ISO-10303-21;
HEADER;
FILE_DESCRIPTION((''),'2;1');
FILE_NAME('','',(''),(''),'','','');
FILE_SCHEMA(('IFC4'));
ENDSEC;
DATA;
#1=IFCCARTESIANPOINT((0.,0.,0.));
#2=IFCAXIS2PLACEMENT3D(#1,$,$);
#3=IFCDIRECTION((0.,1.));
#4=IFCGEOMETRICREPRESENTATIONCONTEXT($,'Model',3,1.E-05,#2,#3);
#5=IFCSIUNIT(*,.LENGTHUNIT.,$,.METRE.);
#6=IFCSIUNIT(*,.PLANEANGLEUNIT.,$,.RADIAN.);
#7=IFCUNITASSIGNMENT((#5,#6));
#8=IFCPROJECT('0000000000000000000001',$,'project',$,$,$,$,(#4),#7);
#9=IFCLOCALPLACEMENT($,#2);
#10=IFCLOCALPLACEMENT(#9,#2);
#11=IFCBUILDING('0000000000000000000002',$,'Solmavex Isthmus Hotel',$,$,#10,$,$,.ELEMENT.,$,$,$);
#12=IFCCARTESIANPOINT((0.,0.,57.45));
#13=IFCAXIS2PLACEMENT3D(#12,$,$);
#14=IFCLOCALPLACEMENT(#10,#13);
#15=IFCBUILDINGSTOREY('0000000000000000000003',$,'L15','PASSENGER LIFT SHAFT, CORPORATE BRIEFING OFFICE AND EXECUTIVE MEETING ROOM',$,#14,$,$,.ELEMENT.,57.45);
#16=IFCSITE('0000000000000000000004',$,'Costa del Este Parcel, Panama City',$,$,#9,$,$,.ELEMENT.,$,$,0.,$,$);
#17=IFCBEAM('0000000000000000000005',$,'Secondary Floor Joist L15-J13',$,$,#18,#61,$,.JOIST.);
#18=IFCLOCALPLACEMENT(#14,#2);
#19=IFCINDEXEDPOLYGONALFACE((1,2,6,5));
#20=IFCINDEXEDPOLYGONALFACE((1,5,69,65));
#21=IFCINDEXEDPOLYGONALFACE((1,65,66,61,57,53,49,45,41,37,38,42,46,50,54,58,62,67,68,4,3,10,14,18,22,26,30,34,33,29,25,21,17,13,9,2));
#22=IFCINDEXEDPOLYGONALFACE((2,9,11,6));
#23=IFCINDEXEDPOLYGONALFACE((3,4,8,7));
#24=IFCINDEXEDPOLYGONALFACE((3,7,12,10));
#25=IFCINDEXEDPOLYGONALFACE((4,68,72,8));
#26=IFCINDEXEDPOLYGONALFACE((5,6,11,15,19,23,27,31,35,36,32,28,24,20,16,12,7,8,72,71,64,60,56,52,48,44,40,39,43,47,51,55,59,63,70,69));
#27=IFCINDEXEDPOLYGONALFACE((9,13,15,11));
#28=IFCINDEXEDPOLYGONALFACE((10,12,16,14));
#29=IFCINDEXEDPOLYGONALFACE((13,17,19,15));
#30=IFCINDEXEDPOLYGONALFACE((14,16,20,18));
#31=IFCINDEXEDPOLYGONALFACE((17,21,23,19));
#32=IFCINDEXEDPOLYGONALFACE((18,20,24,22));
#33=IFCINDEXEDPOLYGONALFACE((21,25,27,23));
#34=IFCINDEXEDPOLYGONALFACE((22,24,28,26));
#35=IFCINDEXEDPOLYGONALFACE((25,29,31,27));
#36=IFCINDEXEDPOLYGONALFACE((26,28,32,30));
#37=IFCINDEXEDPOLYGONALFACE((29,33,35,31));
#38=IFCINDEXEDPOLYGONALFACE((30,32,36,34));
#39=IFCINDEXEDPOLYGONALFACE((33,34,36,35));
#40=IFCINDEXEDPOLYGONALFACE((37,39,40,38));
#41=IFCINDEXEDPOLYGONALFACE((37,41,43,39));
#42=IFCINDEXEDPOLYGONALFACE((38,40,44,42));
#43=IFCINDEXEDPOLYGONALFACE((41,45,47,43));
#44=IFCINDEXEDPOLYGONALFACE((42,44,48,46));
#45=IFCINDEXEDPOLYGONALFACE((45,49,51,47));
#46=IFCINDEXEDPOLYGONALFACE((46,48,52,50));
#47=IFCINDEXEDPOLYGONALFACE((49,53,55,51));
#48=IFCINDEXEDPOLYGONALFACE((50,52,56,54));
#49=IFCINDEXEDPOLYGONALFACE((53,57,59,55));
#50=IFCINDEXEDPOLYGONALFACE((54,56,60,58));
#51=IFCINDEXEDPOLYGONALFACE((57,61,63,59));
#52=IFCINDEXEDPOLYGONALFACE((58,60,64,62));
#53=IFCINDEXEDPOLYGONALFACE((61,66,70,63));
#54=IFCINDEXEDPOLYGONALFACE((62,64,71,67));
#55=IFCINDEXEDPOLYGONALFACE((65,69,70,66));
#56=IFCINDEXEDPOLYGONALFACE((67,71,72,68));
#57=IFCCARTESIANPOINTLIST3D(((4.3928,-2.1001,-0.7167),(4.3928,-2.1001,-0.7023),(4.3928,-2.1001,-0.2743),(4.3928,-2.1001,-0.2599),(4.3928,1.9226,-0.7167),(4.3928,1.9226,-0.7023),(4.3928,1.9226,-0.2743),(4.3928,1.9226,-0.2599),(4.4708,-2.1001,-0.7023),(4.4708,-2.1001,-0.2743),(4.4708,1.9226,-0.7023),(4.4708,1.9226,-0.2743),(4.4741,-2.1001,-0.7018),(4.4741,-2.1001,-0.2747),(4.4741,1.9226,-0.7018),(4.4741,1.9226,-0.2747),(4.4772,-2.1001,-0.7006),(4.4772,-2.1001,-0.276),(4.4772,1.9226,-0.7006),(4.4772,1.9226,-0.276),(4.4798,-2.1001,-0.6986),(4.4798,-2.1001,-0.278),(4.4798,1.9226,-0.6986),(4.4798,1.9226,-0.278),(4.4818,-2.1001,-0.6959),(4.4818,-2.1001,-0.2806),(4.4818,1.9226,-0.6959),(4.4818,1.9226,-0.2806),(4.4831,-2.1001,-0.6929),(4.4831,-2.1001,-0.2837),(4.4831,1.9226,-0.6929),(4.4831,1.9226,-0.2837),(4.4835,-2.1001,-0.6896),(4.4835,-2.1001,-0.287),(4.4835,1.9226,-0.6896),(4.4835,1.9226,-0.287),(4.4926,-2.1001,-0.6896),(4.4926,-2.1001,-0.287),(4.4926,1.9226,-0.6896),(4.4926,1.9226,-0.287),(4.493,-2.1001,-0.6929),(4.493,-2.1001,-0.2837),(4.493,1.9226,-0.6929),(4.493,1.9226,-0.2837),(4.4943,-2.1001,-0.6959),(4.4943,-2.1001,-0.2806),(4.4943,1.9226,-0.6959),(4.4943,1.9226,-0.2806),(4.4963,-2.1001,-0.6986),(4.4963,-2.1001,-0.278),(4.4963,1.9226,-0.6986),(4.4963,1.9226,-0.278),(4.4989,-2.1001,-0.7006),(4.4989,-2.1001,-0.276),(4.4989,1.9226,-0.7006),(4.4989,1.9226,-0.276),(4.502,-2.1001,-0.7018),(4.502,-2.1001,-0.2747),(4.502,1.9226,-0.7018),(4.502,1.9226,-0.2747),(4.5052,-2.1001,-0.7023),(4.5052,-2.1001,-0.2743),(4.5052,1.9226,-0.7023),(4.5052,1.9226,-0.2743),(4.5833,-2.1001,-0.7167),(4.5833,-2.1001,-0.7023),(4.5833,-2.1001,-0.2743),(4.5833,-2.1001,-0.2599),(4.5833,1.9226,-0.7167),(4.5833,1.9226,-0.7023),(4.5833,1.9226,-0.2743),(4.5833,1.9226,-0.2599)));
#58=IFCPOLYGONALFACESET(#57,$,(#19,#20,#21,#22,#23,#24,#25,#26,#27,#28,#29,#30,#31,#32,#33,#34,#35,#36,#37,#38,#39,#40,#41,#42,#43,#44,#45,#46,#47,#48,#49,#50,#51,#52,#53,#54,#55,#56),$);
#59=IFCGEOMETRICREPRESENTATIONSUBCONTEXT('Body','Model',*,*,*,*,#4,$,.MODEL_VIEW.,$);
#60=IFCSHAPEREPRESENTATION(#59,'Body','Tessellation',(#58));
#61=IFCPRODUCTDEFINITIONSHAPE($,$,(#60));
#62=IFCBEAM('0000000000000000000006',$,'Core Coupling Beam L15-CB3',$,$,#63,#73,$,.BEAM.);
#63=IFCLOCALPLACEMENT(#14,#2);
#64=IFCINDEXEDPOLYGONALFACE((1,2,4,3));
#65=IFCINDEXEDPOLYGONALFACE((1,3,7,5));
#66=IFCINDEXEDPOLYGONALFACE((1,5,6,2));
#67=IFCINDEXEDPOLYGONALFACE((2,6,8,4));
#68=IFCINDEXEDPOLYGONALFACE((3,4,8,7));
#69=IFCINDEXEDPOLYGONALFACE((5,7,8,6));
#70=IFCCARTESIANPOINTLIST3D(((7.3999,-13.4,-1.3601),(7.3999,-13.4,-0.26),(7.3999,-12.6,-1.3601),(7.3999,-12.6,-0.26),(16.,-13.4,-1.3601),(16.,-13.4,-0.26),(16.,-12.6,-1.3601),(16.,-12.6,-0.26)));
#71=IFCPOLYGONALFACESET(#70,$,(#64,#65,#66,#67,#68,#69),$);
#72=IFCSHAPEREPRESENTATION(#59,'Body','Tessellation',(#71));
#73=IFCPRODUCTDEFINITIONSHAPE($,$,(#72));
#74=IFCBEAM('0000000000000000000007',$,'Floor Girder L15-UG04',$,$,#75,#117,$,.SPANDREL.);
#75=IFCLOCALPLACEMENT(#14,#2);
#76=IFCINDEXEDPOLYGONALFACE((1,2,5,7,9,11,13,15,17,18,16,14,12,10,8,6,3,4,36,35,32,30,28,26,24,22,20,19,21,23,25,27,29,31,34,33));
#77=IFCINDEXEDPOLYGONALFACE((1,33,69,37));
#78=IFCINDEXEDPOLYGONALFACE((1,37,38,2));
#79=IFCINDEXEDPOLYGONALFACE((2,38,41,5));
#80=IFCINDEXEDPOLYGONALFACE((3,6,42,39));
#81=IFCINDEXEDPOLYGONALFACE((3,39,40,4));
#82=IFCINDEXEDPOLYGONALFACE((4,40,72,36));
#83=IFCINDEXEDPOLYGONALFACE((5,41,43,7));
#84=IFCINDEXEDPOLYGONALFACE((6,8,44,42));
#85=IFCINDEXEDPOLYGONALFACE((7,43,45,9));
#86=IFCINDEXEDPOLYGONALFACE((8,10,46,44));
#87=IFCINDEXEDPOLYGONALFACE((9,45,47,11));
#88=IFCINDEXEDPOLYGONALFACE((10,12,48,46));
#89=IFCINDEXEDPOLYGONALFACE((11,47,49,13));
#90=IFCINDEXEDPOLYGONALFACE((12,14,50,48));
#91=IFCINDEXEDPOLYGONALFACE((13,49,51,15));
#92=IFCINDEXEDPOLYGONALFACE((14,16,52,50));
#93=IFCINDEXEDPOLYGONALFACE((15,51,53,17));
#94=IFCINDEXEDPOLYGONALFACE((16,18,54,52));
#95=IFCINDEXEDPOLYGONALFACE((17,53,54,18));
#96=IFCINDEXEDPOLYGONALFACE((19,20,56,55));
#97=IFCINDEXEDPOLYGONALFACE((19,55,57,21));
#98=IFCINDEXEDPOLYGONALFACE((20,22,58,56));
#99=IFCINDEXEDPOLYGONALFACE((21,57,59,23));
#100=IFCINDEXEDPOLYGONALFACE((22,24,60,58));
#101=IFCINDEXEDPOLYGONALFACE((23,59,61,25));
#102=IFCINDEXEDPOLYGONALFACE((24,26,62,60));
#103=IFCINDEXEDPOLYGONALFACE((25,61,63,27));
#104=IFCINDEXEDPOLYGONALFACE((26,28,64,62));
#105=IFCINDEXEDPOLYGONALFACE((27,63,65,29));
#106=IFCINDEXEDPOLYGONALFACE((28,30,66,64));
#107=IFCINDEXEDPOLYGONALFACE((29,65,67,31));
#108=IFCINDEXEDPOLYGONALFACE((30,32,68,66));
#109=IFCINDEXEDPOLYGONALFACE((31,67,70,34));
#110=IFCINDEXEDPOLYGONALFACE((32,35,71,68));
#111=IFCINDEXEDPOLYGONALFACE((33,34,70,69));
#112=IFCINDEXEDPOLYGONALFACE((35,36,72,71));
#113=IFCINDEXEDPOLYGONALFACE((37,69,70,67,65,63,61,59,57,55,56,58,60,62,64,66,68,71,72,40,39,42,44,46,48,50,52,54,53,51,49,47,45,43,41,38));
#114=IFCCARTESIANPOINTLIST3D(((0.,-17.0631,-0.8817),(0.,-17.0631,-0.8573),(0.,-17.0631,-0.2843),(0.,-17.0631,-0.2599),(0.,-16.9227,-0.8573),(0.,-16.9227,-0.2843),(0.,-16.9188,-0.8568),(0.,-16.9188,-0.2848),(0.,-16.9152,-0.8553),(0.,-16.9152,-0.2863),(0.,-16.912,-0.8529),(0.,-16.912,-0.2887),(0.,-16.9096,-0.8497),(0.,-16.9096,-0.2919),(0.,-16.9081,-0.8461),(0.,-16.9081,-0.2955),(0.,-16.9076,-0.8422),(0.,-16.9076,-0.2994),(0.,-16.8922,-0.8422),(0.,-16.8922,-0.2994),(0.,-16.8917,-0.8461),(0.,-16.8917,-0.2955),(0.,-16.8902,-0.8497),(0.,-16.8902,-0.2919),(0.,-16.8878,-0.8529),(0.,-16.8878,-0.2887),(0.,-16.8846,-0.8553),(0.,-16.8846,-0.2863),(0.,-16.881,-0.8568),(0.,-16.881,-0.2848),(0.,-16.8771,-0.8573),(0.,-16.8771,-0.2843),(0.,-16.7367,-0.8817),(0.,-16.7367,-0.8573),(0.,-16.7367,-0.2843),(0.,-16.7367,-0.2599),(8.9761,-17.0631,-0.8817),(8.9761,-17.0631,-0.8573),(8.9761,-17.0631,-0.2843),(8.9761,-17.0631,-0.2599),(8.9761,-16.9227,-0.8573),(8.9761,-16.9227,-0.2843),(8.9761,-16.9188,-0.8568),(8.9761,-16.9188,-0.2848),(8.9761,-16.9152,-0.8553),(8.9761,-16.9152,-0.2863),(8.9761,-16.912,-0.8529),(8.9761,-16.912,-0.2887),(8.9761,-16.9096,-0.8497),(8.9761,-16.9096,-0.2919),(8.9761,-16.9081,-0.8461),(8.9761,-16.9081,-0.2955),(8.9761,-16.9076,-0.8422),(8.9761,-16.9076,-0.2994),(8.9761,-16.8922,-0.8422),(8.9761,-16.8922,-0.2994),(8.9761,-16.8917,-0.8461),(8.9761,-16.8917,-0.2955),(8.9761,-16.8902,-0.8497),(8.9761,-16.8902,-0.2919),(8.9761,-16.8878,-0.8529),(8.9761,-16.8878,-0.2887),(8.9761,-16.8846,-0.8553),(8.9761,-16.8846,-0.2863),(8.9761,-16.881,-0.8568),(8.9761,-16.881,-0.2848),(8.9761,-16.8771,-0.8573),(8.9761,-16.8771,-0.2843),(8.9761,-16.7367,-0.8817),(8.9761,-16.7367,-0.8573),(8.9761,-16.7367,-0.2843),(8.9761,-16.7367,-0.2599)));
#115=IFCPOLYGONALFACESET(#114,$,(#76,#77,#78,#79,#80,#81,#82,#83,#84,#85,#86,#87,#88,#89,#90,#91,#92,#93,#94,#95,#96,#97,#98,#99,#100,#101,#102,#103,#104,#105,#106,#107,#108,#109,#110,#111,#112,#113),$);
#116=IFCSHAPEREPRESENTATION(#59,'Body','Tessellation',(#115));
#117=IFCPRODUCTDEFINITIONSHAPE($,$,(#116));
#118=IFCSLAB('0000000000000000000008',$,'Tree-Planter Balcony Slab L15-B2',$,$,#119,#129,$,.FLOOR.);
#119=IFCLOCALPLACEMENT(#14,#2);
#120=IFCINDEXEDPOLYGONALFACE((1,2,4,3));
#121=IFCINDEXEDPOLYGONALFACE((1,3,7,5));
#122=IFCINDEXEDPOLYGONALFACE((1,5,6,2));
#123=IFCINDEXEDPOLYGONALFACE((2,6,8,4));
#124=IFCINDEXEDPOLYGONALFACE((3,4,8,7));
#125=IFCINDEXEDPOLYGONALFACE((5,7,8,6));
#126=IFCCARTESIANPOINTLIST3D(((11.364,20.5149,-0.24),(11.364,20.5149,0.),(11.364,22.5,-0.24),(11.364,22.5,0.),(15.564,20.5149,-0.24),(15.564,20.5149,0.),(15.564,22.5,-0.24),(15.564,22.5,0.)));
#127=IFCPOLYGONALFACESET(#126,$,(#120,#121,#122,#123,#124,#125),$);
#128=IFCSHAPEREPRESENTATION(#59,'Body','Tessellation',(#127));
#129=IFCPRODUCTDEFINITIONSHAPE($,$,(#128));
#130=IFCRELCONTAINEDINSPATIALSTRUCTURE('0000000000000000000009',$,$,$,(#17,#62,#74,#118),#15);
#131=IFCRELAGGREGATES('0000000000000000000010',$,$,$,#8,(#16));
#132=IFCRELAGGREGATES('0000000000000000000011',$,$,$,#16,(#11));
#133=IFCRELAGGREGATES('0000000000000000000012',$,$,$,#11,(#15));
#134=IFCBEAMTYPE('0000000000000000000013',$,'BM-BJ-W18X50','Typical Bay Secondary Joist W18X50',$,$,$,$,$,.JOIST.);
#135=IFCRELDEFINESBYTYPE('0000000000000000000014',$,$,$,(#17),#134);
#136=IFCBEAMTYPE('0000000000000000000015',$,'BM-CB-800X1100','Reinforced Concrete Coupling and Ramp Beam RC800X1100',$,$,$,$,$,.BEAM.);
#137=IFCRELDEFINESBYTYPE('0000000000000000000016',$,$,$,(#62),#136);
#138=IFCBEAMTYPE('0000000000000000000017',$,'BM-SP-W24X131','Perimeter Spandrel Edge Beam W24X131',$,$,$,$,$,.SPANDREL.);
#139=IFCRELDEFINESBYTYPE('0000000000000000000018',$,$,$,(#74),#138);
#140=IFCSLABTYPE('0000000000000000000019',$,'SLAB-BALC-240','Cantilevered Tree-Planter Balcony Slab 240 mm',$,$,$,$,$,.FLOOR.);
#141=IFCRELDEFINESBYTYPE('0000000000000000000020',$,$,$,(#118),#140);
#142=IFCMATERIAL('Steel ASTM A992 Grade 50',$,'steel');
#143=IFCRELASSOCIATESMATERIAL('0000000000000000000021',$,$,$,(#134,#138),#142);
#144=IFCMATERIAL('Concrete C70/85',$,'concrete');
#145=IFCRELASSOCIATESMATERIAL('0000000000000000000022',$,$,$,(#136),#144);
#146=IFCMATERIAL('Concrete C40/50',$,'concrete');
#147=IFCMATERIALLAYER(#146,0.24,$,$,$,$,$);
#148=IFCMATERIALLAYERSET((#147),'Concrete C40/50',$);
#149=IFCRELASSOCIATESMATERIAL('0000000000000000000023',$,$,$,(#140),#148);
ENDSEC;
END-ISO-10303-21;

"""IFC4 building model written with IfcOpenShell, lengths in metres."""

from ifc_helpers import new_model, si_unit, direction, frame, origin, origin_2d, place, context, subcontext, project, spatial, polyline, rectangle, i_section, outline, extrude, material, layer, layer_set, material_profile, profile_set, type_object, element, save


model = new_model("IFC4")

# Units and contexts
model_context = context("Model", 3, precision=1e-05, world=origin(), true_north=direction((0.0, 1.0)))
body_context = subcontext(model_context, "Body", "Model", "MODEL_VIEW")
ifc_project = project(units=[si_unit("LENGTHUNIT", "METRE"), si_unit("PLANEANGLEUNIT", "RADIAN")], contexts=[model_context])

# Site, building, storey
site_placement = place(None, origin())
site = spatial("IfcSite", under=ifc_project, at=site_placement, Name="Costa del Este Parcel, Panama City", CompositionType="ELEMENT", RefElevation=0.0)
building_placement = place(site_placement, origin())
building = spatial("IfcBuilding", under=site, at=building_placement, Name="Solmavex Isthmus Hotel", CompositionType="ELEMENT")
storey_placement = place(building_placement, frame((0.0, 0.0, 57.45)))
storey = spatial("IfcBuildingStorey", under=building, at=storey_placement, Name="L15", Description="PASSENGER LIFT SHAFT, CORPORATE BRIEFING OFFICE AND EXECUTIVE MEETING ROOM", CompositionType="ELEMENT", Elevation=57.45)

# Shared definitions
ifc_material_1 = material(Name="Concrete C70/85", Category="concrete")

# Beams
ifc_material_2 = material(Name="Steel ASTM A992 Grade 50", Category="steel")
ifc_material_profile_1 = material_profile(ifc_material_2, i_section(OverallWidth=0.1904, OverallDepth=0.4568, WebThickness=0.009, FlangeThickness=0.0144, FilletRadius=0.0127, at=origin_2d()), Name="W18X50")
ifc_profile_set_1 = profile_set([ifc_material_profile_1], Name="Steel ASTM A992 Grade 50")
beam_type_1 = type_object("IfcBeamType", Name="BM-BJ-W18X50", Description="Typical Bay Secondary Joist W18X50", PredefinedType="JOIST", material=ifc_profile_set_1)
beam_1_placement = place(storey_placement, frame((4.488, -2.1001, -0.4883), z_axis=(0.0, 1.0, 0.0), x_axis=(-1.0, 0.0, 0.0)))
element("IfcBeam", 1, at=beam_1_placement, inside=storey, type_object=beam_type_1, Name="Secondary Floor Joist L15-J13", PredefinedType="JOIST", context=body_context, shape_type="SweptSolid", body=[
    extrude(i_section(OverallWidth=0.1904, OverallDepth=0.4568, WebThickness=0.009, FlangeThickness=0.0144, FilletRadius=0.0127, at=origin_2d()), origin(), (0.0, 0.0, 1.0), 4.0227),
])
ifc_material_profile_2 = material_profile(ifc_material_1, rectangle(XDim=0.8, YDim=1.1001, at=origin_2d()), Name="RC800X1100")
ifc_profile_set_2 = profile_set([ifc_material_profile_2], Name="Concrete C70/85")
beam_type_2 = type_object("IfcBeamType", Name="BM-CB-800X1100", Description="Reinforced Concrete Coupling and Ramp Beam RC800X1100", PredefinedType="BEAM", material=ifc_profile_set_2)
beam_2_placement = place(storey_placement, frame((7.3999, -13.0, -0.8101), z_axis=(1.0, 0.0, 0.0), x_axis=(0.0, 1.0, 0.0)))
element("IfcBeam", 2, at=beam_2_placement, inside=storey, type_object=beam_type_2, Name="Core Coupling Beam L15-CB3", PredefinedType="BEAM", context=body_context, shape_type="SweptSolid", body=[
    extrude(rectangle(XDim=0.8, YDim=1.1001, at=origin_2d()), origin(), (0.0, 0.0, 1.0), 8.6001),
])
ifc_material_profile_3 = material_profile(ifc_material_2, i_section(OverallWidth=0.3264, OverallDepth=0.6218, WebThickness=0.0154, FlangeThickness=0.0244, FilletRadius=0.0151, at=origin_2d()), Name="W24X131")
ifc_profile_set_3 = profile_set([ifc_material_profile_3], Name="Steel ASTM A992 Grade 50")
beam_type_3 = type_object("IfcBeamType", Name="BM-SP-W24X131", Description="Perimeter Spandrel Edge Beam W24X131", PredefinedType="SPANDREL", material=ifc_profile_set_3)
beam_3_placement = place(storey_placement, frame((0.0, -16.8999, -0.5708), z_axis=(1.0, 0.0, 0.0), x_axis=(0.0, 1.0, 0.0)))
element("IfcBeam", 3, at=beam_3_placement, inside=storey, type_object=beam_type_3, Name="Floor Girder L15-UG04", PredefinedType="SPANDREL", context=body_context, shape_type="SweptSolid", body=[
    extrude(i_section(OverallWidth=0.3264, OverallDepth=0.6218, WebThickness=0.0154, FlangeThickness=0.0244, FilletRadius=0.0151, at=origin_2d()), origin(), (0.0, 0.0, 1.0), 8.9761),
])

# Slab
ifc_material_3 = material(Name="Concrete C40/50", Category="concrete")
ifc_layer_1 = layer(ifc_material_3, 0.24)
ifc_layer_set_1 = layer_set([ifc_layer_1], Name="Concrete C40/50")
slab_type_1 = type_object("IfcSlabType", Name="SLAB-BALC-240", Description="Cantilevered Tree-Planter Balcony Slab 240 mm", PredefinedType="FLOOR", material=ifc_layer_set_1)
slab_1_placement = place(storey_placement, frame((0.0, 0.0, -0.24)))
element("IfcSlab", 4, at=slab_1_placement, inside=storey, type_object=slab_type_1, Name="Tree-Planter Balcony Slab L15-B2", PredefinedType="FLOOR", context=body_context, shape_type="SweptSolid", body=[
    extrude(outline(polyline([(11.364, 20.5149), (15.564, 20.5149), (15.564, 22.5), (11.364, 22.5), (11.364, 20.5149)])), origin(), (0.0, 0.0, 1.0), 0.24),
])

save(model, "model.ifc")
